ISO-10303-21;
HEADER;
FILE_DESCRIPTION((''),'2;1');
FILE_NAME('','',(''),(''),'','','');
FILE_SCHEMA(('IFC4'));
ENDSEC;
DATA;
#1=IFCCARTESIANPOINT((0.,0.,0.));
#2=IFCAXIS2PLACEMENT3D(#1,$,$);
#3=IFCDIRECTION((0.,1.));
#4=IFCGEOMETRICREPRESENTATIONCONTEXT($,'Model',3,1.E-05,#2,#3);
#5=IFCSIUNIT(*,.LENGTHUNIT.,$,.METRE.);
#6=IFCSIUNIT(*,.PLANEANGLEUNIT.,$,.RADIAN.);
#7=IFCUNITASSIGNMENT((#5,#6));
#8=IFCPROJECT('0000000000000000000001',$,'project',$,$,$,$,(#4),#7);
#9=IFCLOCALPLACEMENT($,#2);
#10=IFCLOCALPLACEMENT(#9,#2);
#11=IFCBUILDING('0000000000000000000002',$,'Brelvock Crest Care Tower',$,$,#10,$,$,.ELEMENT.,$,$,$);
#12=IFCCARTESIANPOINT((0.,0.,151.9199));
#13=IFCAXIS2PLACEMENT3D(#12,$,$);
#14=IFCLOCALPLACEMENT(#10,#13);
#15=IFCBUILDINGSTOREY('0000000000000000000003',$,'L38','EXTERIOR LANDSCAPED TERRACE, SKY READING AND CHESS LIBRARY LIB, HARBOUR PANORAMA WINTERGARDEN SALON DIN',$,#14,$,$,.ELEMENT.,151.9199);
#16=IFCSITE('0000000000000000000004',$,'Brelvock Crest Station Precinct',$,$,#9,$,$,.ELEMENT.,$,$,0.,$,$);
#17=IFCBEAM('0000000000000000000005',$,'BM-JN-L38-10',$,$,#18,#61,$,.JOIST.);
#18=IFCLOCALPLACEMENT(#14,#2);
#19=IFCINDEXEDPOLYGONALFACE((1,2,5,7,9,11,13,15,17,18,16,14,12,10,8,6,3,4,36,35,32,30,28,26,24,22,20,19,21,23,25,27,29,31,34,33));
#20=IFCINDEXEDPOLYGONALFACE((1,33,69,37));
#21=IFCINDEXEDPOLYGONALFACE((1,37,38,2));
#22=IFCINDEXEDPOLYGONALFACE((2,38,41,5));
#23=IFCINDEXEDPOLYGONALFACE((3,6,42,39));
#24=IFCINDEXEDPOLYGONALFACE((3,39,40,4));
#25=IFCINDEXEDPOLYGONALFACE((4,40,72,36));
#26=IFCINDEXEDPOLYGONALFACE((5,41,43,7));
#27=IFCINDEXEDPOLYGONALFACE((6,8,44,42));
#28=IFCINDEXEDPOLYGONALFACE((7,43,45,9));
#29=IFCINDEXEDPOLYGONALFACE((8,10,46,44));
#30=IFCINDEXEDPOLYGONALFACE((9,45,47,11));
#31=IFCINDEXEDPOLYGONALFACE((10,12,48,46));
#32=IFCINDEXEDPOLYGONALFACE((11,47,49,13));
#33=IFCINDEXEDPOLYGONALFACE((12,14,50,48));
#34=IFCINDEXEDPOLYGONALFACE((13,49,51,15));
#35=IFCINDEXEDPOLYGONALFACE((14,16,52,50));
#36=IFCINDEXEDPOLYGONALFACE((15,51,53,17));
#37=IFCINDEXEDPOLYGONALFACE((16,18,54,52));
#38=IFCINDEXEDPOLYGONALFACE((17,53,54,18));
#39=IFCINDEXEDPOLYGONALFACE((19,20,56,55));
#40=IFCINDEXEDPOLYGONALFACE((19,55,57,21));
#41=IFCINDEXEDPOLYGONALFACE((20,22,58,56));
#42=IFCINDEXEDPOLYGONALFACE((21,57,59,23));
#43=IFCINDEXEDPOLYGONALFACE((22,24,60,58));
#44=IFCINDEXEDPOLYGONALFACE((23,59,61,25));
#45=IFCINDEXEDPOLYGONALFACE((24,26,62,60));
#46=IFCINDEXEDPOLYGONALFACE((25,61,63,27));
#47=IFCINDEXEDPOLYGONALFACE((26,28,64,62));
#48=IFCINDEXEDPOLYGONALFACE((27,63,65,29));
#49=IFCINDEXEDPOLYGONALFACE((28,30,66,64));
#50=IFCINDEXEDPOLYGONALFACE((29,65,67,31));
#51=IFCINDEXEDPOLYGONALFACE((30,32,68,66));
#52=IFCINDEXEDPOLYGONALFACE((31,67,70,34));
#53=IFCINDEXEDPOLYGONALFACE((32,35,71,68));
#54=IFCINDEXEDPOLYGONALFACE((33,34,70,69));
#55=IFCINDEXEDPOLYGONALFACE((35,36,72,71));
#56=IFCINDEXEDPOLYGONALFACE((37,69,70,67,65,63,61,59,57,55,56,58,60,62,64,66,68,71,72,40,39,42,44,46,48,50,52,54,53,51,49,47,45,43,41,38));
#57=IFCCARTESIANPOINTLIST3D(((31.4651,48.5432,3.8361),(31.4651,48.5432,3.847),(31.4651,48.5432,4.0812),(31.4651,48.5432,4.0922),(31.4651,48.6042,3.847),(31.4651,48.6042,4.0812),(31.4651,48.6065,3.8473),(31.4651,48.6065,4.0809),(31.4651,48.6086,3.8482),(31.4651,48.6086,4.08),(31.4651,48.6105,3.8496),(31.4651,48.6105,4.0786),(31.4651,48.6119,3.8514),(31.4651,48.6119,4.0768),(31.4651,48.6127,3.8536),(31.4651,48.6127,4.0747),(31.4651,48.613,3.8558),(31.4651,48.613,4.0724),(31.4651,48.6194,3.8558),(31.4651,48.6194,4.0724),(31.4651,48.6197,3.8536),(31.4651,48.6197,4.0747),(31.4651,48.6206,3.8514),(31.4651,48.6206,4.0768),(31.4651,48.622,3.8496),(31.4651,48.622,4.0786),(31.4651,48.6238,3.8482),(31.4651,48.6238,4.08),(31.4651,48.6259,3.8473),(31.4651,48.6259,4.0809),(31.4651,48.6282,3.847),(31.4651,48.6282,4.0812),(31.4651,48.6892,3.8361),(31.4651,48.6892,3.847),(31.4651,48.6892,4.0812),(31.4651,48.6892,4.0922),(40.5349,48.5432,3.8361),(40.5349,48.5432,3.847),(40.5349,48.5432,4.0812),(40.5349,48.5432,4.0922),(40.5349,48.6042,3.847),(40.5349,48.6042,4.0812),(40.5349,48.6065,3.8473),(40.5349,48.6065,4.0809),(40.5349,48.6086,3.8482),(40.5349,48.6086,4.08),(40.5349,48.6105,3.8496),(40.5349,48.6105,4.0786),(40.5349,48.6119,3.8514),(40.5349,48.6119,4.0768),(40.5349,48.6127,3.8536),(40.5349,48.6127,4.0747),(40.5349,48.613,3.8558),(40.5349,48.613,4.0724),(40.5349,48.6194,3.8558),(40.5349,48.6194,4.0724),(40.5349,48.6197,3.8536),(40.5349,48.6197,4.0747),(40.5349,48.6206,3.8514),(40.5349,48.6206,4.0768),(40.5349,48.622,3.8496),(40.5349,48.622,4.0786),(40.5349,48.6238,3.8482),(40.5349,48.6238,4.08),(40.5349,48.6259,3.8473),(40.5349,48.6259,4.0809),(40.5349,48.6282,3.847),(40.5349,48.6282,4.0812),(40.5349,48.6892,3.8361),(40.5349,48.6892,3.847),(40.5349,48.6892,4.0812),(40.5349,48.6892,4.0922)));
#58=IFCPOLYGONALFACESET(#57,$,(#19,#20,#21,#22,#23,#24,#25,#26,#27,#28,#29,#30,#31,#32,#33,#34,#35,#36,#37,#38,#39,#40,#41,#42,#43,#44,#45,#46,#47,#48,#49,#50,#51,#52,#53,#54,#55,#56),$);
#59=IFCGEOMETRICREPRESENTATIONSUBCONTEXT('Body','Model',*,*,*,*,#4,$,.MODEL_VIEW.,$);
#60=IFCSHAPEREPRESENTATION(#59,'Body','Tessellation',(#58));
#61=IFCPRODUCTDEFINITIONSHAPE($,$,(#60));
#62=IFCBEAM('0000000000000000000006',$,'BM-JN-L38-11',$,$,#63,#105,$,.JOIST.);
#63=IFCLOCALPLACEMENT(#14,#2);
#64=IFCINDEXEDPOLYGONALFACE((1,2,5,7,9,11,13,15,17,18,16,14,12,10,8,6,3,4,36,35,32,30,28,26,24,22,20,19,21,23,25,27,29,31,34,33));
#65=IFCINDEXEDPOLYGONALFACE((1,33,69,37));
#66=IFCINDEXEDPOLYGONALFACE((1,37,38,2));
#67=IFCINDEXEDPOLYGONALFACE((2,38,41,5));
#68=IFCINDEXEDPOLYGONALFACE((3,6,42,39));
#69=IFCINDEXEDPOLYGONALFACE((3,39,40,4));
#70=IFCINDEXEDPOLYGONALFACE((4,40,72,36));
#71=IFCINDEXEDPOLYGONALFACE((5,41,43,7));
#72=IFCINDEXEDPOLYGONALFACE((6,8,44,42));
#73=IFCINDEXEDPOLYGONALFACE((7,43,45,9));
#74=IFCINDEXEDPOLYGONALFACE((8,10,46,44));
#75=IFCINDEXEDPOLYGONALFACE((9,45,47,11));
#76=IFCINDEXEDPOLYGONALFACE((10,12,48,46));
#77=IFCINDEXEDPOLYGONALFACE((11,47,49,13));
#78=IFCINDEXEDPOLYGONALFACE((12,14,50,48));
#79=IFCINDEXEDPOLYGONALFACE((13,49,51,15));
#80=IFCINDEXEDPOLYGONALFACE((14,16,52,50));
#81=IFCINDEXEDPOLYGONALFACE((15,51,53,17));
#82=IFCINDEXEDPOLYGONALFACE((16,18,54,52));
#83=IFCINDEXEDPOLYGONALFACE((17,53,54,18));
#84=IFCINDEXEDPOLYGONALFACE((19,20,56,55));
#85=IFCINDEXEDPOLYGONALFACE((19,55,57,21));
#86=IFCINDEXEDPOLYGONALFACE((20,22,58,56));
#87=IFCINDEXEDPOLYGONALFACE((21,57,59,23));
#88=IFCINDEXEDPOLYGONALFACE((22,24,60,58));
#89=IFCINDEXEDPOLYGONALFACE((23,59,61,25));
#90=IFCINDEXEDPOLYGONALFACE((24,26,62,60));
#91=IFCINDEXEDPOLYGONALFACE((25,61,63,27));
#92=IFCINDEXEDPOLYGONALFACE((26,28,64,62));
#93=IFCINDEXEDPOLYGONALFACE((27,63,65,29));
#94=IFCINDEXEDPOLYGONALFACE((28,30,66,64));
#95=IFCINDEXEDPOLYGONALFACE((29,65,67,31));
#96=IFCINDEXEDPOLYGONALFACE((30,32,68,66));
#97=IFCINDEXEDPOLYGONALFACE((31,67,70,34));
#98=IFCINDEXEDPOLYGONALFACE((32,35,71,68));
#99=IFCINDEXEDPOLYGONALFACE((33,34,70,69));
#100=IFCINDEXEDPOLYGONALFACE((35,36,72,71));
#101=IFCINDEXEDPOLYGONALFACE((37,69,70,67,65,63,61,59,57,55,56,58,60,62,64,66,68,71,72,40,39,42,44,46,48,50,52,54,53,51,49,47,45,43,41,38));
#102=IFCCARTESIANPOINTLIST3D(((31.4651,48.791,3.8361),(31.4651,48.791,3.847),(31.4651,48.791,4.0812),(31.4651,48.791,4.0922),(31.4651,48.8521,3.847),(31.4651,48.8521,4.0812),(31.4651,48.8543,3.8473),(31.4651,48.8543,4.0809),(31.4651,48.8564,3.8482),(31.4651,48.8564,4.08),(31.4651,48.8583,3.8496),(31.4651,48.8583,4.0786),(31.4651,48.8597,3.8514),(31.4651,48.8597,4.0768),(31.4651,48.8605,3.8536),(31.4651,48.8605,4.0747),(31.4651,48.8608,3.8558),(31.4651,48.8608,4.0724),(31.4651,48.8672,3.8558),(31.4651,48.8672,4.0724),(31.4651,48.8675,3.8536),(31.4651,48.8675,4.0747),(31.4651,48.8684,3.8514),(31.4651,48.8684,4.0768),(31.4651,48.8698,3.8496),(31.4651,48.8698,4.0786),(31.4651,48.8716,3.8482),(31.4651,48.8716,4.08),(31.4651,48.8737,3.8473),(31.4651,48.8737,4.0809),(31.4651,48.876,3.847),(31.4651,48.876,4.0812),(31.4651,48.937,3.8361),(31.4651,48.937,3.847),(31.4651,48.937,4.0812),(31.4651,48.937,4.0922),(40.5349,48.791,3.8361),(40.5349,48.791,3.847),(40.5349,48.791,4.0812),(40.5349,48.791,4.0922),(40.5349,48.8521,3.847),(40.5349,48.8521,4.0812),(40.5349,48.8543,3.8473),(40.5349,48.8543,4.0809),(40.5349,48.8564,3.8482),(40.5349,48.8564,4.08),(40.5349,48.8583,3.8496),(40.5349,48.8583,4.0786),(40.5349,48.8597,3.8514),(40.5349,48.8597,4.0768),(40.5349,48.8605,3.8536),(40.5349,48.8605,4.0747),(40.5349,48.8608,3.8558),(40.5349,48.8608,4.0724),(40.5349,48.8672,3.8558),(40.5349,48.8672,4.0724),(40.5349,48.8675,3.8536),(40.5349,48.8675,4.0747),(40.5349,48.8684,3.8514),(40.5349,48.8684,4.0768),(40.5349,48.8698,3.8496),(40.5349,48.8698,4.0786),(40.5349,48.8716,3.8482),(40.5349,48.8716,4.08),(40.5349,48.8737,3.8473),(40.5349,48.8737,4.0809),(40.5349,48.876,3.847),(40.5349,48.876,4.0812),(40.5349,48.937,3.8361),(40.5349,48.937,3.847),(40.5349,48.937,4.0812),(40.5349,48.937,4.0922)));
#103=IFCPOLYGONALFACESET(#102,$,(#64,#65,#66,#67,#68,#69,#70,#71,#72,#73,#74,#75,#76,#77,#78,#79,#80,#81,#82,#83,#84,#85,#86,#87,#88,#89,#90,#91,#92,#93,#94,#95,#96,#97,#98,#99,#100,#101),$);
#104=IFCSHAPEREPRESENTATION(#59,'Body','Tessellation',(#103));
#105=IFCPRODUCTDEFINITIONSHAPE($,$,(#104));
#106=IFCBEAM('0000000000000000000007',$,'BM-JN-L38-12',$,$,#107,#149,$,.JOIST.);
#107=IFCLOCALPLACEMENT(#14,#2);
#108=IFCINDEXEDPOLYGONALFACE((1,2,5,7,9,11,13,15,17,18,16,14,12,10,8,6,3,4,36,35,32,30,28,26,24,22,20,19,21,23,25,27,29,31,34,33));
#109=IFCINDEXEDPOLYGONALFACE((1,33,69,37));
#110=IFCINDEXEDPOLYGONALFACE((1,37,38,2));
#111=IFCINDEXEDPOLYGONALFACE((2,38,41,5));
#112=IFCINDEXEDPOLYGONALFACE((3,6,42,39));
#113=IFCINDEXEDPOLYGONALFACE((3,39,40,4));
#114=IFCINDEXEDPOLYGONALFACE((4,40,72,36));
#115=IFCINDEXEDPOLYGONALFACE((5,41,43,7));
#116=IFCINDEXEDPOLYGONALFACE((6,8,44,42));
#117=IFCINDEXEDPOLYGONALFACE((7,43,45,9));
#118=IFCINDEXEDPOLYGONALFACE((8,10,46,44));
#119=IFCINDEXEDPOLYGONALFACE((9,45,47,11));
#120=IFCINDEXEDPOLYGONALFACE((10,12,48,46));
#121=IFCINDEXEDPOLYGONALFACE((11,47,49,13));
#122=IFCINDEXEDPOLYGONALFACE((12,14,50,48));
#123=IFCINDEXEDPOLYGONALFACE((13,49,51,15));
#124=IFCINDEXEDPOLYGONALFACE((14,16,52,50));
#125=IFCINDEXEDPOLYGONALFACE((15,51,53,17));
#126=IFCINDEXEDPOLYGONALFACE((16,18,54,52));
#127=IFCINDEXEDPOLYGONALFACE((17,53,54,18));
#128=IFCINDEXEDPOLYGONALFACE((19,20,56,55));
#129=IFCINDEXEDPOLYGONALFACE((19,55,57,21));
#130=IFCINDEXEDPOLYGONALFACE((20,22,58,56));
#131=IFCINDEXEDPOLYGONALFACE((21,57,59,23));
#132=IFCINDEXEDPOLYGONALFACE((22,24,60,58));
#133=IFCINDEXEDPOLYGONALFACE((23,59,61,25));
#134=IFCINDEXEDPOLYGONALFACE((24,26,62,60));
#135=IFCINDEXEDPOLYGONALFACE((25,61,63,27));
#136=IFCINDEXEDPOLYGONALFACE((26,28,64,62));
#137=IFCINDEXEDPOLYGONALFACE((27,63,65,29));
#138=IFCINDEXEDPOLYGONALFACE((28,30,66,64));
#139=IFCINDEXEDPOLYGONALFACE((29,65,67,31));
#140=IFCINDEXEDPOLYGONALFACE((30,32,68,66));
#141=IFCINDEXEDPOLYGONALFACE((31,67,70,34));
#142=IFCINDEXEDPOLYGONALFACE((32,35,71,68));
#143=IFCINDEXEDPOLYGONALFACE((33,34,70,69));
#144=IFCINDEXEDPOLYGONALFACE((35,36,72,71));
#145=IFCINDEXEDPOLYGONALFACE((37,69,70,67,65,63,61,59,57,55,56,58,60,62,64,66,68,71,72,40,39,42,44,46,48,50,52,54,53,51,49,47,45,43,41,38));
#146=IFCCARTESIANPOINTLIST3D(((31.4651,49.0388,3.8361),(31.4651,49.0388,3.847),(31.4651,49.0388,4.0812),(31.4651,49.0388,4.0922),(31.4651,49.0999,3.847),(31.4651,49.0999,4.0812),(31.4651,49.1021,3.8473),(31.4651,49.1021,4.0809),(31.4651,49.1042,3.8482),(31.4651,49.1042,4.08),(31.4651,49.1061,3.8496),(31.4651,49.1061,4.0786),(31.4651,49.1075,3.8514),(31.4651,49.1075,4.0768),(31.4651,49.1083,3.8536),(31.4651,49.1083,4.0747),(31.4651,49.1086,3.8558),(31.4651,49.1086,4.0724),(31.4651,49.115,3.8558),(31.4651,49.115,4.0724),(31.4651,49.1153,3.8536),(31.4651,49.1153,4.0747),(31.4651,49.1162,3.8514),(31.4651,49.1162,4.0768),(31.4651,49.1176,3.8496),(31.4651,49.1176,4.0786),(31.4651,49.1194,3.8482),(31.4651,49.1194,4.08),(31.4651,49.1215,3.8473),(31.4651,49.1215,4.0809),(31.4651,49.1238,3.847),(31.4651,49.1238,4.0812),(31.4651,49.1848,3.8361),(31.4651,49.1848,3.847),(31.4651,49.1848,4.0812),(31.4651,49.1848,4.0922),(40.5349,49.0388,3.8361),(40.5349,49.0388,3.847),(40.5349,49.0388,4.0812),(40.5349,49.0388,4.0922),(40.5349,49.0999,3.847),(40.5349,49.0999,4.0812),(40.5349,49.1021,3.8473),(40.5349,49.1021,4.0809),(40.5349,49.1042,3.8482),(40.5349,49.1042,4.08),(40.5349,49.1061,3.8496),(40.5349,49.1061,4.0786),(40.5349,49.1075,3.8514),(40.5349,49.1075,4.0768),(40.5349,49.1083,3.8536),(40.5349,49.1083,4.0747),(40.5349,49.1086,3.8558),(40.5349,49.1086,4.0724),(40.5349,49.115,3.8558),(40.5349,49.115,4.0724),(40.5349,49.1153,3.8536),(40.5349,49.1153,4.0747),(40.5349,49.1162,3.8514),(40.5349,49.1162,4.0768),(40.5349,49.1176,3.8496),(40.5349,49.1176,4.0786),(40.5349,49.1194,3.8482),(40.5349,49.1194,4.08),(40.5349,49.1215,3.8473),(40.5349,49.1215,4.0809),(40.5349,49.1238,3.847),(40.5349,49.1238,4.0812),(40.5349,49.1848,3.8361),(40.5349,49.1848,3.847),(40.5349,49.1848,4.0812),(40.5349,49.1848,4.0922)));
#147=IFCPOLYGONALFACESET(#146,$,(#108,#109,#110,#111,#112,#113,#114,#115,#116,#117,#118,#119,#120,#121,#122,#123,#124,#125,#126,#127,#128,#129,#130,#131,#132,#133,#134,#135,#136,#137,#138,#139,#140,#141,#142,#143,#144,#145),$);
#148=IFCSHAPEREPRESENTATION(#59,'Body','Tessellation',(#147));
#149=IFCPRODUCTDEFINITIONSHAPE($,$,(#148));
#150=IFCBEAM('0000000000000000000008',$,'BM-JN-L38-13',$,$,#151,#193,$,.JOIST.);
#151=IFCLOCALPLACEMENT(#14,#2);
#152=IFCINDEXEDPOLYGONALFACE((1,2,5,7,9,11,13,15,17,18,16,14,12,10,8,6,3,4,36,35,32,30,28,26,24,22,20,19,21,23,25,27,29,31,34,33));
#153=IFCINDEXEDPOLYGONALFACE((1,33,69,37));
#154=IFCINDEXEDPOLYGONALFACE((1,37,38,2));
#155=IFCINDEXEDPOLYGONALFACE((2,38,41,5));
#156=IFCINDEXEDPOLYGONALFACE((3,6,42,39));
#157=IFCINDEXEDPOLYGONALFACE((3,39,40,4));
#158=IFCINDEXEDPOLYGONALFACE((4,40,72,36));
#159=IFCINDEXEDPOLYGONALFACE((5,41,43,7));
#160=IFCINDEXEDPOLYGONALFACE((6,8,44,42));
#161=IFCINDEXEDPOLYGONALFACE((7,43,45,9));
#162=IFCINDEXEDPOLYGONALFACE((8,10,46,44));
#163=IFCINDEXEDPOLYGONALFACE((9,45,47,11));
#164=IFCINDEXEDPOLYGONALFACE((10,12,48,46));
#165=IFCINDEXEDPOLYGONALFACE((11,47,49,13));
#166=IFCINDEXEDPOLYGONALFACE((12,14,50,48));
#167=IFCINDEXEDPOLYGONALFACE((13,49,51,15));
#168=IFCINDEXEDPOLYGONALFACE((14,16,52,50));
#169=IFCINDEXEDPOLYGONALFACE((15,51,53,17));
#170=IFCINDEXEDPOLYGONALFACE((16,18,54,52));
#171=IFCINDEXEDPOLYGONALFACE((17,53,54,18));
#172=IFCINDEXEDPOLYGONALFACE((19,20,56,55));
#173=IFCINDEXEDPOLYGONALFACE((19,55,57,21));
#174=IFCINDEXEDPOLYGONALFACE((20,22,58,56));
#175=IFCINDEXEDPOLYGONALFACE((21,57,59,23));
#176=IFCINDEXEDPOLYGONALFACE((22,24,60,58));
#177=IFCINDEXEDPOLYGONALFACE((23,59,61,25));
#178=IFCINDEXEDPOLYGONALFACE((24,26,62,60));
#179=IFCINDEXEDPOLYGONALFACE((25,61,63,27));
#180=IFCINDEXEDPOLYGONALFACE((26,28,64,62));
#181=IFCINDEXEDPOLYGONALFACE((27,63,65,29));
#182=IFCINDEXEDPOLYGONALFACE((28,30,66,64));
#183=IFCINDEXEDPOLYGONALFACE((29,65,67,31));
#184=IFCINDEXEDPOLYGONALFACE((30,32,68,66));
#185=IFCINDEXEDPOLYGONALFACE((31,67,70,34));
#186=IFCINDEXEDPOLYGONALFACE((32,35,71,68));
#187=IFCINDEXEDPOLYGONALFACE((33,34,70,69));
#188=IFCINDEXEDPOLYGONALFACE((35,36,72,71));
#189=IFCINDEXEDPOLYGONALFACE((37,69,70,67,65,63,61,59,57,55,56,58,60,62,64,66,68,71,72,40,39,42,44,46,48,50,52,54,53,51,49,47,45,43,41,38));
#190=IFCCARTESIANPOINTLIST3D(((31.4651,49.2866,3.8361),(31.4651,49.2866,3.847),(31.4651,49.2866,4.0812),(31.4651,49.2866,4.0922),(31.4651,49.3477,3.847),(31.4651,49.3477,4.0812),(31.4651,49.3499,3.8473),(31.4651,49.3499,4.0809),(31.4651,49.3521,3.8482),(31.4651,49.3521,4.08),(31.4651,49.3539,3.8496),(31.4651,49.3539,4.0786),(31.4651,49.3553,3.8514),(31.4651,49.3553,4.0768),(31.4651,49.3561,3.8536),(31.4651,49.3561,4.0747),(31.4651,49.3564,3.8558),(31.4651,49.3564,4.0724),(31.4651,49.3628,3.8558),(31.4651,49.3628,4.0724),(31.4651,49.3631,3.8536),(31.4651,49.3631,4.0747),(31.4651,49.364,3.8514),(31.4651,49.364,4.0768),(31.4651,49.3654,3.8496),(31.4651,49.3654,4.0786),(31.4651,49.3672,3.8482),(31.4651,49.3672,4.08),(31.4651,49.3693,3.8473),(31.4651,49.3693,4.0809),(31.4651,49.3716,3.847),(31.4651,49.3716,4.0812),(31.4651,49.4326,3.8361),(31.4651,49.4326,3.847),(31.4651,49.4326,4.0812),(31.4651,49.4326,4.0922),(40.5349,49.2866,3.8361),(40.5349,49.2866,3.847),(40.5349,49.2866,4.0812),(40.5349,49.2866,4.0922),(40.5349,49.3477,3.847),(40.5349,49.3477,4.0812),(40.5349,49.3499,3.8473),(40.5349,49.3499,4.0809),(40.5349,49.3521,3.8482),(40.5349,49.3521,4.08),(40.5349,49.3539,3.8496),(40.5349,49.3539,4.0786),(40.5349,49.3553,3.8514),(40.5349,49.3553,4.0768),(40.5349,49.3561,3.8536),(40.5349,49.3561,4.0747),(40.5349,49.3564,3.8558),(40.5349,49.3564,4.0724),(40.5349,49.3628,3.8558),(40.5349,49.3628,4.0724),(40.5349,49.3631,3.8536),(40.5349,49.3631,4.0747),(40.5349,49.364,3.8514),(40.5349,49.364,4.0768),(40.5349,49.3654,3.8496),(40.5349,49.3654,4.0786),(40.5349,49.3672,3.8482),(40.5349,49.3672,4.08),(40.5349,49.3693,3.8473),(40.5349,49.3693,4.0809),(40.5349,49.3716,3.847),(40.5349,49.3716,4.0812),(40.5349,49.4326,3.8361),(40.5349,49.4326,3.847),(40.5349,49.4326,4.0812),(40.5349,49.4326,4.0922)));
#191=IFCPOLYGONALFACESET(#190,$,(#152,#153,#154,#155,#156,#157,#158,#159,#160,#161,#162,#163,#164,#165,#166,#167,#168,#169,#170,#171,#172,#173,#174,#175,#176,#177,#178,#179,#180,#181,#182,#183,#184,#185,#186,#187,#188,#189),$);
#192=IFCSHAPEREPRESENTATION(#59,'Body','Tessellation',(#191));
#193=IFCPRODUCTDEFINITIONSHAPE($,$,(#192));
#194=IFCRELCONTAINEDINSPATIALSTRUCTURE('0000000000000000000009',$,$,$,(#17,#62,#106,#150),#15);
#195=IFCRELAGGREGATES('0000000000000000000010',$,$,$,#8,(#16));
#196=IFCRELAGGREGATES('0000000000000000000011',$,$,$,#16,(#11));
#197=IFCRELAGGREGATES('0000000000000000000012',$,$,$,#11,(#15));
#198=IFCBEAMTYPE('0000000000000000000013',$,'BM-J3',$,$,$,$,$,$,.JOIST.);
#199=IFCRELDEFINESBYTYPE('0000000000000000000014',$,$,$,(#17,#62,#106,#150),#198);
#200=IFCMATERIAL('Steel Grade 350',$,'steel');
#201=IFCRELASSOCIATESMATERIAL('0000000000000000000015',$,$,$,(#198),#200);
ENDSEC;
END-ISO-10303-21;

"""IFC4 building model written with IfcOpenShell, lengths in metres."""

from ifc_helpers import new_model, si_unit, direction, frame, origin, origin_2d, place, context, subcontext, project, spatial, i_section, extrude, source, transform, mapped, material, material_profile, profile_set, type_object, element, save


model = new_model("IFC4")

# Units and contexts
model_context = context("Model", 3, precision=1e-05, world=origin(), true_north=direction((0.0, 1.0)))
body_context = subcontext(model_context, "Body", "Model", "MODEL_VIEW")
ifc_project = project(units=[si_unit("LENGTHUNIT", "METRE"), si_unit("PLANEANGLEUNIT", "RADIAN")], contexts=[model_context])

# Site, building, storey
site_placement = place(None, origin())
site = spatial("IfcSite", under=ifc_project, at=site_placement, Name="Brelvock Crest Station Precinct", CompositionType="ELEMENT", RefElevation=0.0)
building_placement = place(site_placement, origin())
building = spatial("IfcBuilding", under=site, at=building_placement, Name="Brelvock Crest Care Tower", CompositionType="ELEMENT")
storey_placement = place(building_placement, frame((0.0, 0.0, 151.9199)))
storey = spatial("IfcBuildingStorey", under=building, at=storey_placement, Name="L38", Description="EXTERIOR LANDSCAPED TERRACE, SKY READING AND CHESS LIBRARY LIB, HARBOUR PANORAMA WINTERGARDEN SALON DIN", CompositionType="ELEMENT", Elevation=151.9199)

# Beams
ifc_material_1 = material(Name="Steel Grade 350", Category="steel")
ifc_material_profile_1 = material_profile(ifc_material_1, i_section(OverallWidth=0.146, OverallDepth=0.2561, WebThickness=0.0063, FlangeThickness=0.011, FilletRadius=0.0088, at=origin_2d()), Name="250UB37.3")
ifc_profile_set_1 = profile_set([ifc_material_profile_1], Name="Steel Grade 350")
beam_type_1 = type_object("IfcBeamType", Name="BM-J3", PredefinedType="JOIST", material=ifc_profile_set_1)
shared_shape_1 = source(origin(), body_context, "Body", "SweptSolid", [
    extrude(i_section(OverallWidth=0.146, OverallDepth=0.2561, WebThickness=0.0063, FlangeThickness=0.011, FilletRadius=0.0088, at=origin_2d()), origin(), (0.0, 0.0, 1.0), 9.0698),
])
for number, where, z_axis, x_axis, name in (
    (1, (31.4651, 48.6162, 3.9641), (1.0, 0.0, 0.0), (0.0, 1.0, 0.0), "BM-JN-L38-10"),
    (2, (31.4651, 48.864, 3.9641), (1.0, 0.0, 0.0), (0.0, 1.0, 0.0), "BM-JN-L38-11"),
    (3, (31.4651, 49.1118, 3.9641), (1.0, 0.0, 0.0), (0.0, 1.0, 0.0), "BM-JN-L38-12"),
    (4, (31.4651, 49.3596, 3.9641), (1.0, 0.0, 0.0), (0.0, 1.0, 0.0), "BM-JN-L38-13"),
):
    element("IfcBeam", number, at=place(storey_placement, frame(where, z_axis=z_axis, x_axis=x_axis)), inside=storey, type_object=beam_type_1, Name=name, PredefinedType="JOIST", context=body_context, shape_type="MappedRepresentation", body=[
        mapped(shared_shape_1, transform((0.0, 0.0, 0.0), x_axis=(1.0, 0.0, 0.0), y_axis=(0.0, 1.0, 0.0), z_axis=(0.0, 0.0, 1.0), scale=1.0)),
    ])

save(model, "model.ifc")
